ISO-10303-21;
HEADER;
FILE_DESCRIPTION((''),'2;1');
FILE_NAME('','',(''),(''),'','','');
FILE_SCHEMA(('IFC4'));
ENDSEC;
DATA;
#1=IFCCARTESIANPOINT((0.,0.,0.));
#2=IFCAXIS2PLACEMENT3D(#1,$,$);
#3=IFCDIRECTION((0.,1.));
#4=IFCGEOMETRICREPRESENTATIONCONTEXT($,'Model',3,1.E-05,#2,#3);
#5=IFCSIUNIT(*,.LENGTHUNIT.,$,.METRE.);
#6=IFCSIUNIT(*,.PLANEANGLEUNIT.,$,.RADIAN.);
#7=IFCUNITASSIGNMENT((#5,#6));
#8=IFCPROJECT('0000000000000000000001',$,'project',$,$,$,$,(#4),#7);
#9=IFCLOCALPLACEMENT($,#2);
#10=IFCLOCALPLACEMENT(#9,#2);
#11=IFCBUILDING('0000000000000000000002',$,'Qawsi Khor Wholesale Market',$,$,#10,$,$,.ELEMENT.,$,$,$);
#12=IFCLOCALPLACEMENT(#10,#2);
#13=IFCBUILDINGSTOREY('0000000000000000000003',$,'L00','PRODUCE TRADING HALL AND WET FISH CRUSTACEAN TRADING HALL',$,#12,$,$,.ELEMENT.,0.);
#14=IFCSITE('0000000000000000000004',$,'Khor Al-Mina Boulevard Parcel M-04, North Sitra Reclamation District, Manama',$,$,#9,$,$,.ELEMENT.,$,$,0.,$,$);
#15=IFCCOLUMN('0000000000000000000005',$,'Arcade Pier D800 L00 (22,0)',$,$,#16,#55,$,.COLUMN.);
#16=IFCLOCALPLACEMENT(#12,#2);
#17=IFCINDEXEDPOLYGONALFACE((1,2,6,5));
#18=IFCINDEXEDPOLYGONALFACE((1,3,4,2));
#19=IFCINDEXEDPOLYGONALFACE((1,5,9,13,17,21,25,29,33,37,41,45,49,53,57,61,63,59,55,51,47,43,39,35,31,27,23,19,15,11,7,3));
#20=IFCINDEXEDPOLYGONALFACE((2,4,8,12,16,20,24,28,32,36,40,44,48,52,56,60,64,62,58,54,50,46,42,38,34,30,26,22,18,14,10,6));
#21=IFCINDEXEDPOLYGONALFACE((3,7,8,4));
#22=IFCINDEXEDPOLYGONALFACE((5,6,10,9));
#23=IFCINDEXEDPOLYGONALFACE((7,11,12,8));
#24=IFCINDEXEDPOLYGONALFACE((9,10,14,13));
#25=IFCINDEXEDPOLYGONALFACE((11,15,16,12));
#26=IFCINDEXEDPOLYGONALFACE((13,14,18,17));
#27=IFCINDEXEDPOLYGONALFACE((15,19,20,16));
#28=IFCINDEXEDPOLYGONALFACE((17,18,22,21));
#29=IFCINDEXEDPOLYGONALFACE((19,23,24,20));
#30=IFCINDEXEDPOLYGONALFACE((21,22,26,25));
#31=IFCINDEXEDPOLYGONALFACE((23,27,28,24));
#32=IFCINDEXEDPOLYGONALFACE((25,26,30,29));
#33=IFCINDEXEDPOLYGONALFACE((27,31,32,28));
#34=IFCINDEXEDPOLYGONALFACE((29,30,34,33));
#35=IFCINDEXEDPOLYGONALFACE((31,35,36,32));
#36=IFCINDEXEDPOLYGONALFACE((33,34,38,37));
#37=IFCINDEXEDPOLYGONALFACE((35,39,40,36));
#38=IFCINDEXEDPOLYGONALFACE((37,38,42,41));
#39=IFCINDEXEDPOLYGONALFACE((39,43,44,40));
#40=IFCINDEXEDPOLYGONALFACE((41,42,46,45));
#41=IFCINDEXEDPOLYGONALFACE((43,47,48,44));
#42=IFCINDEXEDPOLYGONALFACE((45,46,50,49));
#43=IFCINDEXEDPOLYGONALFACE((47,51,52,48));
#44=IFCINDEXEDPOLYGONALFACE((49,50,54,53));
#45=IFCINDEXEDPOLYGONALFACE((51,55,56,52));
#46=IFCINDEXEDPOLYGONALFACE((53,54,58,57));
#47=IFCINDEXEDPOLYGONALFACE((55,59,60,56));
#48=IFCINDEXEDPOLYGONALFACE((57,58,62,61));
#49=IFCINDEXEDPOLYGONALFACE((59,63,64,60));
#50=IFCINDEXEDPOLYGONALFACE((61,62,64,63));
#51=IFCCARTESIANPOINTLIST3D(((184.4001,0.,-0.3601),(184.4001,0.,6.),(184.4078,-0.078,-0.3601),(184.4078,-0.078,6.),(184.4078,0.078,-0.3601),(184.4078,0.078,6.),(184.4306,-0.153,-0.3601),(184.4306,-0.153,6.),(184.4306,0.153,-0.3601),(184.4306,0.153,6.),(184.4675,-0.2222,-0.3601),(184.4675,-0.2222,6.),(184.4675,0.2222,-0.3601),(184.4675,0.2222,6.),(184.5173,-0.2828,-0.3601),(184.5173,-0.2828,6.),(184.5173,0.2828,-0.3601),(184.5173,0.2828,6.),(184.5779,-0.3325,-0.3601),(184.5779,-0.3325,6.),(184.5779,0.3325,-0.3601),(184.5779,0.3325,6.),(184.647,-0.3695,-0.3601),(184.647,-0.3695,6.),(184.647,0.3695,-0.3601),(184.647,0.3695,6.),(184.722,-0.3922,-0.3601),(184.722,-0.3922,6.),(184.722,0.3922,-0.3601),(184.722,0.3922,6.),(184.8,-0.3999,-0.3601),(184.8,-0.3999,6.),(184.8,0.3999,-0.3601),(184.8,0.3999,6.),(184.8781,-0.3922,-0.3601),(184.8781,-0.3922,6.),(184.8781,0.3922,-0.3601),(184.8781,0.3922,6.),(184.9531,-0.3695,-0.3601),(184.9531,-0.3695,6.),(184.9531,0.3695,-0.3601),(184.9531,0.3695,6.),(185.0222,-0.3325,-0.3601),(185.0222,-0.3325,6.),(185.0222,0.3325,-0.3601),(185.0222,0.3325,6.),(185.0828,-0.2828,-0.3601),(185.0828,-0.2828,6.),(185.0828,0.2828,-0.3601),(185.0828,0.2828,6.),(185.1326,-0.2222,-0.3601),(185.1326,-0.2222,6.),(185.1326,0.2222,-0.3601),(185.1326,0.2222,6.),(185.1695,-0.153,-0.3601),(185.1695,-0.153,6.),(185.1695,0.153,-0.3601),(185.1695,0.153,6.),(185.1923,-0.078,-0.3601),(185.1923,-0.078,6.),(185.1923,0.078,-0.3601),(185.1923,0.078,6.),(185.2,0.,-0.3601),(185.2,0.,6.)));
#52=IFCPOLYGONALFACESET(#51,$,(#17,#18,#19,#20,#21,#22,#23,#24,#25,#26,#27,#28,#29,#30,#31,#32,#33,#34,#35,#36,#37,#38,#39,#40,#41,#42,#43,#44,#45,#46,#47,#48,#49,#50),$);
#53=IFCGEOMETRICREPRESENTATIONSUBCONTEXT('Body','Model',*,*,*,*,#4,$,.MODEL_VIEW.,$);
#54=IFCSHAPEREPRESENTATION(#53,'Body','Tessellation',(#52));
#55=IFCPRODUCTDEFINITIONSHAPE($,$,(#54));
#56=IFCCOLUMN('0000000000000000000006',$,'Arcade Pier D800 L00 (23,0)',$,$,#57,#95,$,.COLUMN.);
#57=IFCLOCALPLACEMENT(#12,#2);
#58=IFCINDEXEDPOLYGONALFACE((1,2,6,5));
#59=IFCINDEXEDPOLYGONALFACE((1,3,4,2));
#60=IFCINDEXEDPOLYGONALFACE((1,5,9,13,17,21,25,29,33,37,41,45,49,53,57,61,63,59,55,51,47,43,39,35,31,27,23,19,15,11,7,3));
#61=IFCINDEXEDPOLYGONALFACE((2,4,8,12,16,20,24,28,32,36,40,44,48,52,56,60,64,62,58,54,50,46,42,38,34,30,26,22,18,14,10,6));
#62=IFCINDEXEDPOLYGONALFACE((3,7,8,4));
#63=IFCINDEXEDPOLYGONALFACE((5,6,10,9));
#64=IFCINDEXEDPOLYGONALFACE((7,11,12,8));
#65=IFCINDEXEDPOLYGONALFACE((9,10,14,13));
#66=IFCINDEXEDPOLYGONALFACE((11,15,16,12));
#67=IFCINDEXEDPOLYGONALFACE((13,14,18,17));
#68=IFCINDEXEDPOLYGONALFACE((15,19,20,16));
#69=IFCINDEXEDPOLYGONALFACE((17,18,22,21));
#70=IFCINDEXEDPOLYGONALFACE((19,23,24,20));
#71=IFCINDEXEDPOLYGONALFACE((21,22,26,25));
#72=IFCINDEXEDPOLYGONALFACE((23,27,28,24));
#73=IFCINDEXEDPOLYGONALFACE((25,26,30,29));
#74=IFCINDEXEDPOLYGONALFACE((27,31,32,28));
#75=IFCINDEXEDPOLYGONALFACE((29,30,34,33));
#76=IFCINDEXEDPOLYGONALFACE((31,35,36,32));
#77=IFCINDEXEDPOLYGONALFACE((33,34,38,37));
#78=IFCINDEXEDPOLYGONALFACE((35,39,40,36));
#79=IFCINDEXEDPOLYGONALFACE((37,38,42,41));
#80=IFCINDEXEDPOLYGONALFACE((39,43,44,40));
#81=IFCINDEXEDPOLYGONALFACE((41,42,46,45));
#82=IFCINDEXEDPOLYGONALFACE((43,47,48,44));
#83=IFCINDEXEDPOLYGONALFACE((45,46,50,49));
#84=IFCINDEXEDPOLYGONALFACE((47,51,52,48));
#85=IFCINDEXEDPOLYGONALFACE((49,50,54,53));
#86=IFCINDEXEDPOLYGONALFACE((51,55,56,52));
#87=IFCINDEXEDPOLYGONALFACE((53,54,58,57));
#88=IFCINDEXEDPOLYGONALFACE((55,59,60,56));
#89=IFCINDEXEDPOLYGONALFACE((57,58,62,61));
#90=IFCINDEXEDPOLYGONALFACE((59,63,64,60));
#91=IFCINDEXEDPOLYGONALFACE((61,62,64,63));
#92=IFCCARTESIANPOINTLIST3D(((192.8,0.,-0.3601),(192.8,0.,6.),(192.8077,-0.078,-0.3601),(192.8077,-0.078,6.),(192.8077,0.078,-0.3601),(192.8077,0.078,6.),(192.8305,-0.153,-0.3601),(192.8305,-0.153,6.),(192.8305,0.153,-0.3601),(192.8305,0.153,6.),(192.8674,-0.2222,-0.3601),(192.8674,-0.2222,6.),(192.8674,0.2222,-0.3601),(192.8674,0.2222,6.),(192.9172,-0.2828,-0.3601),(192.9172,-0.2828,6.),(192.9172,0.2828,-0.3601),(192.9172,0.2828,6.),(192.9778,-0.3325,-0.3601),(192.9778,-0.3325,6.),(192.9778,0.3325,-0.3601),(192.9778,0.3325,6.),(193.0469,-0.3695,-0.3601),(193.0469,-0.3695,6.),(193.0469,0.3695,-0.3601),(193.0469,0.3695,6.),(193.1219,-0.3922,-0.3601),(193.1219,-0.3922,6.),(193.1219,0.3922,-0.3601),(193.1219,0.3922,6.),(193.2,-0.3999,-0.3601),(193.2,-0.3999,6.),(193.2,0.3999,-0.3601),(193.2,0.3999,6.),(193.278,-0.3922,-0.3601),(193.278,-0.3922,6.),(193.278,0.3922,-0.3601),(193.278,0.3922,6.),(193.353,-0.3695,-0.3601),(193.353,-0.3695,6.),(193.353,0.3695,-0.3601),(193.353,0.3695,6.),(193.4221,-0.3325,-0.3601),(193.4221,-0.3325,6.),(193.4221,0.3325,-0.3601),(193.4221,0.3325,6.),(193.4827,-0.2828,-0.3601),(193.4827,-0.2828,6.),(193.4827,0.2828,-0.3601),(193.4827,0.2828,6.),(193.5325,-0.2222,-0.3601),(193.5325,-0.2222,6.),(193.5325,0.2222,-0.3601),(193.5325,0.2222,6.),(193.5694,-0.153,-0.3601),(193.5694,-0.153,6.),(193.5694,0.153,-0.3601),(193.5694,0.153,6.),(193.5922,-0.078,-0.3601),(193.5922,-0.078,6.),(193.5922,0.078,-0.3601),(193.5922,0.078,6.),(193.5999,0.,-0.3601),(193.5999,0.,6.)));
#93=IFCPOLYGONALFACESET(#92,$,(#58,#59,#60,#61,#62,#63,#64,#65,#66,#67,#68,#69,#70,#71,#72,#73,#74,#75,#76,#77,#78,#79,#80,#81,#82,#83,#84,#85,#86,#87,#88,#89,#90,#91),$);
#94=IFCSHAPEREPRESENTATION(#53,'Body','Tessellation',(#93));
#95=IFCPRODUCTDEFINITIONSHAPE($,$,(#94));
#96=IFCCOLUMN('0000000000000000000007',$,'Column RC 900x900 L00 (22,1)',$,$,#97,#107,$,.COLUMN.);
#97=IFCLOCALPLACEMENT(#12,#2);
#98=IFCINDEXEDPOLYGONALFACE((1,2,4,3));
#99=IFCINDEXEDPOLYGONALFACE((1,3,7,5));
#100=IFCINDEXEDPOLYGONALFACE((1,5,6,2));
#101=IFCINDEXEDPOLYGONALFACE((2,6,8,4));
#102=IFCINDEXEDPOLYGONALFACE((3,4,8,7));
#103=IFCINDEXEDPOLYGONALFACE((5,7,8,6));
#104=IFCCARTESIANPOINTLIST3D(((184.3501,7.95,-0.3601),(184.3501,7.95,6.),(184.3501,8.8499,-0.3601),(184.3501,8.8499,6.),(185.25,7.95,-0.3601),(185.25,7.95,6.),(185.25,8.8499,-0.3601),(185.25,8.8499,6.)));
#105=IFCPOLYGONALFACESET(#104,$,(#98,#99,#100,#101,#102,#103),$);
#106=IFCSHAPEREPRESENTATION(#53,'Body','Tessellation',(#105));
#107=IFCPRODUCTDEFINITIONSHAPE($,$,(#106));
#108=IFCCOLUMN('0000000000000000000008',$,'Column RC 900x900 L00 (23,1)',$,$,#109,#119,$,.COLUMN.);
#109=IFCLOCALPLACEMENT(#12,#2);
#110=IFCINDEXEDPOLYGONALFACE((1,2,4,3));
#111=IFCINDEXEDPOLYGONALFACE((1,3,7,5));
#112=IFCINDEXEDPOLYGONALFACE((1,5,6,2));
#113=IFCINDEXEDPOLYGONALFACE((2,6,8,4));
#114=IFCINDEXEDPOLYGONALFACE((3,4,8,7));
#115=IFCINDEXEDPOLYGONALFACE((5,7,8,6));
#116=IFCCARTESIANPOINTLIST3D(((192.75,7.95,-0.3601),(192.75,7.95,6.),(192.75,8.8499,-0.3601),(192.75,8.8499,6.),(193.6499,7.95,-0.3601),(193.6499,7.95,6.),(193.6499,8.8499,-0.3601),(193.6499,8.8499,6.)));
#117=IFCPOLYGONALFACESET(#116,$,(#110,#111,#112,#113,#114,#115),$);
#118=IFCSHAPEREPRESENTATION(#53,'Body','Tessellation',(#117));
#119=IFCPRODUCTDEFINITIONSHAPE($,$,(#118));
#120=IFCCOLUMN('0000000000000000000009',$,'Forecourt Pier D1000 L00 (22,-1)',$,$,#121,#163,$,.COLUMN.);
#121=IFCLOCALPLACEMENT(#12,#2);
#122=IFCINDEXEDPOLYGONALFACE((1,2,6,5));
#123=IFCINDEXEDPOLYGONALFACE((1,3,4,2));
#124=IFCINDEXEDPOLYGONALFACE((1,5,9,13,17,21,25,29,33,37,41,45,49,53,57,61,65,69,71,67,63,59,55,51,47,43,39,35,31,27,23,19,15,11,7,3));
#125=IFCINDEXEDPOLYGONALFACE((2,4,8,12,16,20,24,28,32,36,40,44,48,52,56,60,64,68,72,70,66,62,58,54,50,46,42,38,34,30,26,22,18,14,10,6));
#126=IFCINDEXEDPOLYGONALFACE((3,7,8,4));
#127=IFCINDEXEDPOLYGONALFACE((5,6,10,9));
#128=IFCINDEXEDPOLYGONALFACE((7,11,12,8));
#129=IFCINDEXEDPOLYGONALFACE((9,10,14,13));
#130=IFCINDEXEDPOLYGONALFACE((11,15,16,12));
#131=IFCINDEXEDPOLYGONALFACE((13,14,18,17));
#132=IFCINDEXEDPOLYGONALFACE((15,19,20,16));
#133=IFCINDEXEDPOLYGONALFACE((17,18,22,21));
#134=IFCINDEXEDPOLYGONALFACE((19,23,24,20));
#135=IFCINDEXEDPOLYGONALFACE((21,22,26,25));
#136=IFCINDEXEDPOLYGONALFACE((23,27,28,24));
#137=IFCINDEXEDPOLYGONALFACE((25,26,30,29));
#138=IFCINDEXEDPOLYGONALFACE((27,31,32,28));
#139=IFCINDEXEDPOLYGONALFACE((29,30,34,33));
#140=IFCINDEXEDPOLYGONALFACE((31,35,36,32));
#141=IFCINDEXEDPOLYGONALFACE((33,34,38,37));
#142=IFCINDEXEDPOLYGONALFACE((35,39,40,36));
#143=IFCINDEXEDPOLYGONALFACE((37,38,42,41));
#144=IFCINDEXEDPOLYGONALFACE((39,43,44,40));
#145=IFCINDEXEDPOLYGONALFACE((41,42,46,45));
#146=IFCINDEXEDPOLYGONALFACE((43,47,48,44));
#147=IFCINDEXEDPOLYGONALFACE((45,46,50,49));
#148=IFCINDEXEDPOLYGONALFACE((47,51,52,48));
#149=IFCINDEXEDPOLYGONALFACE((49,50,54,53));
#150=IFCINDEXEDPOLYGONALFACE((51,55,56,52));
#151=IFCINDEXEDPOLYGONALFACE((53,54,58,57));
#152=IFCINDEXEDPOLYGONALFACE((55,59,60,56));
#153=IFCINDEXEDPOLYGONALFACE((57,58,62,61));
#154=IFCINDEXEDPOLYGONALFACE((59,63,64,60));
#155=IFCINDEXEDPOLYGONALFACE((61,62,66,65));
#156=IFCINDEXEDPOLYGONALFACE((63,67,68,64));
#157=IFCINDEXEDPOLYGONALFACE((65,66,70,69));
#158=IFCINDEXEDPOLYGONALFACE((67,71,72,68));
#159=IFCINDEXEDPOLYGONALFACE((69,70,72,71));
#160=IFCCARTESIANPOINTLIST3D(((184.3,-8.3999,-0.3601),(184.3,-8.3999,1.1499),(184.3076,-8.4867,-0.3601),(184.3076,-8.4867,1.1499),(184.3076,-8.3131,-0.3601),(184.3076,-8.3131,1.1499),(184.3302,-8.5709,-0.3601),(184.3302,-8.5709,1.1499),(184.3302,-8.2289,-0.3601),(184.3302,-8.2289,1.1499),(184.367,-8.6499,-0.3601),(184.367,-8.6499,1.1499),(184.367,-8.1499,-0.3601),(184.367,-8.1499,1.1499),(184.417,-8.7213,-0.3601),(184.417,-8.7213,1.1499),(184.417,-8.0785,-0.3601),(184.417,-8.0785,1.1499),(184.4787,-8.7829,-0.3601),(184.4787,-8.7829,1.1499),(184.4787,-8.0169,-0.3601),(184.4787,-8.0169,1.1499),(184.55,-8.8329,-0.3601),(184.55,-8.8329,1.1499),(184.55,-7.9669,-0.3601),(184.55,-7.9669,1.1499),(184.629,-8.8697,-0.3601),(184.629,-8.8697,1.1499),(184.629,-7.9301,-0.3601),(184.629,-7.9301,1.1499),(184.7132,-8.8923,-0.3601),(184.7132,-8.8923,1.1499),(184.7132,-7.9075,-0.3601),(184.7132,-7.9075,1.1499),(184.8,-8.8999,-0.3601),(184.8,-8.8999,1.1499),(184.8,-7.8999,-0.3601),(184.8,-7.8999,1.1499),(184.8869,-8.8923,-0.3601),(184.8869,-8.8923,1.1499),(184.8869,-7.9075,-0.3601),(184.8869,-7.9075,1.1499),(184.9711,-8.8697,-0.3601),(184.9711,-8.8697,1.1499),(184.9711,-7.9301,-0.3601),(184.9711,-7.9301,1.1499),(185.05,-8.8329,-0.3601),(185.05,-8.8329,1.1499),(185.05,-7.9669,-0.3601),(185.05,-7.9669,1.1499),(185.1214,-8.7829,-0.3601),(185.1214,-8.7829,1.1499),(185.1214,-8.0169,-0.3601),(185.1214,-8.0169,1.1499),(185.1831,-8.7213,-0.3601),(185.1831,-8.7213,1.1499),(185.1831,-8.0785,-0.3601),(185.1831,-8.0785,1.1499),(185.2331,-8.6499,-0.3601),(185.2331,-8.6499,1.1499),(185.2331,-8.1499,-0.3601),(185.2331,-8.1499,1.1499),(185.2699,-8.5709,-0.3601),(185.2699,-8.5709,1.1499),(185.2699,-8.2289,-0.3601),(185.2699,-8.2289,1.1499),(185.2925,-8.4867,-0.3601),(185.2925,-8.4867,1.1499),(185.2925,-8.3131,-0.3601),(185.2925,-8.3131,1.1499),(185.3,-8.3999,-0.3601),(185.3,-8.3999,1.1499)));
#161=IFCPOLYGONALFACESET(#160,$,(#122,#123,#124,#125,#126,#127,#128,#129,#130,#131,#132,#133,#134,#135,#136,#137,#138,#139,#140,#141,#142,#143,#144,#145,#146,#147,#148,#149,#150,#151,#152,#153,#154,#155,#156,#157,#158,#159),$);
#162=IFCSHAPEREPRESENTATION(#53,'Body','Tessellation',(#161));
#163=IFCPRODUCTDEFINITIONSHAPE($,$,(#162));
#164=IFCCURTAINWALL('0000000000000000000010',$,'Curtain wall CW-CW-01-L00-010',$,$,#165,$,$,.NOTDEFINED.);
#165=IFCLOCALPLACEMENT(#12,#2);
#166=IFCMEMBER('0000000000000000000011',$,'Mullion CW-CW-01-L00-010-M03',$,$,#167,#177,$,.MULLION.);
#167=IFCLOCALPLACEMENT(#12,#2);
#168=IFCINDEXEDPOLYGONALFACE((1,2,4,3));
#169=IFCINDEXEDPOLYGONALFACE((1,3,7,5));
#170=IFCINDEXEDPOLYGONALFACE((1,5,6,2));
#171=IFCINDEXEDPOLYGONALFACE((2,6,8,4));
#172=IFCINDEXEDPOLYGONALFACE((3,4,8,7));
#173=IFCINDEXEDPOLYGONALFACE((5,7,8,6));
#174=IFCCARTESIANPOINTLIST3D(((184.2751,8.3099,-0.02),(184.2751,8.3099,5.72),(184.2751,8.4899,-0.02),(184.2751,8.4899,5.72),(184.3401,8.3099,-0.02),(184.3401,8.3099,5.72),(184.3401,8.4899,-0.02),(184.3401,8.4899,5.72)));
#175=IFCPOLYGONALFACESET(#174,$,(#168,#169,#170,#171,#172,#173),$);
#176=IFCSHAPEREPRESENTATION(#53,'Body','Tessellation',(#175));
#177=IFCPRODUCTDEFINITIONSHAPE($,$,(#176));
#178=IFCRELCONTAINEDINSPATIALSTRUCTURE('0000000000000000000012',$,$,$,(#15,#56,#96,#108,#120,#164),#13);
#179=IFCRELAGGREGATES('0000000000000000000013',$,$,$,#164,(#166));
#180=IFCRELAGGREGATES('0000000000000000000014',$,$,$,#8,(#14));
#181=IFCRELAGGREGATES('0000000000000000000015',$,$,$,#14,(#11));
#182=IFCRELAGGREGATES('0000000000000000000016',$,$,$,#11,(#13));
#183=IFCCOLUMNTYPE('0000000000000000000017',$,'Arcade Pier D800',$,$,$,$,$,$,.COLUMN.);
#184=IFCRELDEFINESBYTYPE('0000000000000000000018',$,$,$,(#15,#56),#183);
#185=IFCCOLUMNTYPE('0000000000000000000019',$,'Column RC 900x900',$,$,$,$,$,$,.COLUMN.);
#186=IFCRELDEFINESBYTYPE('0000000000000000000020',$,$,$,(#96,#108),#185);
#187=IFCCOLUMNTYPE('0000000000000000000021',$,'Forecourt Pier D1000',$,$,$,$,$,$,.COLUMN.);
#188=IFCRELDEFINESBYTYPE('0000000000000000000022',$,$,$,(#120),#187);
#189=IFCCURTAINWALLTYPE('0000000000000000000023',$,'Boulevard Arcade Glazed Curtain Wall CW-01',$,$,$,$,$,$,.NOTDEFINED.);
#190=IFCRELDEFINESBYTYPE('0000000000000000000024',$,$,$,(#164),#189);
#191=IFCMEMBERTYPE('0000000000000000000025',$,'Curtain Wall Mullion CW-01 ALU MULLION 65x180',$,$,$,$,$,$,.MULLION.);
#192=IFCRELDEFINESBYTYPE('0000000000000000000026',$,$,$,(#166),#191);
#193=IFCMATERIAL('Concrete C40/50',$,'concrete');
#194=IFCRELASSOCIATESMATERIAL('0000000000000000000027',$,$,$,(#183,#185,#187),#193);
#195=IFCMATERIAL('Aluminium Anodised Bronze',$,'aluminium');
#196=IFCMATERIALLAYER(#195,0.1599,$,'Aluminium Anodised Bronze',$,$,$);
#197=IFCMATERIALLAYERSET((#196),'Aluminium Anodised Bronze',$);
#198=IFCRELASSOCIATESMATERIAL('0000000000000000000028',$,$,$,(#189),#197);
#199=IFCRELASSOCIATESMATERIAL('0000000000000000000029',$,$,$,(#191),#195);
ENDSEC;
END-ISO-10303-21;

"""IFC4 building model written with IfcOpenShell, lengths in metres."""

from ifc_helpers import new_model, si_unit, direction, frame, origin, origin_2d, place, context, subcontext, project, spatial, rectangle, circle, extrude, material, layer, layer_set, material_profile, profile_set, type_object, element, aggregate, save


model = new_model("IFC4")

# Units and contexts
model_context = context("Model", 3, precision=1e-05, world=origin(), true_north=direction((0.0, 1.0)))
body_context = subcontext(model_context, "Body", "Model", "MODEL_VIEW")
ifc_project = project(units=[si_unit("LENGTHUNIT", "METRE"), si_unit("PLANEANGLEUNIT", "RADIAN")], contexts=[model_context])

# Site, building, storey
site_placement = place(None, origin())
site = spatial("IfcSite", under=ifc_project, at=site_placement, Name="Khor Al-Mina Boulevard Parcel M-04, North Sitra Reclamation District, Manama", CompositionType="ELEMENT", RefElevation=0.0)
building_placement = place(site_placement, origin())
building = spatial("IfcBuilding", under=site, at=building_placement, Name="Qawsi Khor Wholesale Market", CompositionType="ELEMENT")
storey_placement = place(building_placement, origin())
storey = spatial("IfcBuildingStorey", under=building, at=storey_placement, Name="L00", Description="PRODUCE TRADING HALL AND WET FISH CRUSTACEAN TRADING HALL", CompositionType="ELEMENT", Elevation=0.0)

# Columns
ifc_material_1 = material(Name="Concrete C40/50", Category="concrete")
ifc_material_profile_1 = material_profile(ifc_material_1, circle(Radius=0.3999, at=origin_2d()), Name="RC COL D800")
ifc_profile_set_1 = profile_set([ifc_material_profile_1], Name="Concrete C40/50")
column_type_1 = type_object("IfcColumnType", Name="Arcade Pier D800", PredefinedType="COLUMN", material=ifc_profile_set_1)
for number, where, z_axis, x_axis, name in (
    (1, (184.8, 0.0, -0.3601), (0.0, 0.0, 1.0), (1.0, 0.0, 0.0), "Arcade Pier D800 L00 (22,0)"),
    (2, (193.2, 0.0, -0.3601), (0.0, 0.0, 1.0), (1.0, 0.0, 0.0), "Arcade Pier D800 L00 (23,0)"),
):
    element("IfcColumn", number, at=place(storey_placement, frame(where, z_axis=z_axis, x_axis=x_axis)), inside=storey, type_object=column_type_1, Name=name, PredefinedType="COLUMN", context=body_context, shape_type="SweptSolid", body=[
        extrude(circle(Radius=0.3999, at=origin_2d()), origin(), (0.0, 0.0, 1.0), 6.3601),
    ])
ifc_material_profile_2 = material_profile(ifc_material_1, rectangle(XDim=0.8999, YDim=0.8999, at=origin_2d()), Name="RC 900x900")
ifc_profile_set_2 = profile_set([ifc_material_profile_2], Name="Concrete C40/50")
column_type_2 = type_object("IfcColumnType", Name="Column RC 900x900", PredefinedType="COLUMN", material=ifc_profile_set_2)
for number, where, z_axis, x_axis, name in (
    (3, (184.8, 8.3999, -0.3601), (0.0, 0.0, 1.0), (1.0, 0.0, 0.0), "Column RC 900x900 L00 (22,1)"),
    (4, (193.2, 8.3999, -0.3601), (0.0, 0.0, 1.0), (1.0, 0.0, 0.0), "Column RC 900x900 L00 (23,1)"),
):
    element("IfcColumn", number, at=place(storey_placement, frame(where, z_axis=z_axis, x_axis=x_axis)), inside=storey, type_object=column_type_2, Name=name, PredefinedType="COLUMN", context=body_context, shape_type="SweptSolid", body=[
        extrude(rectangle(XDim=0.8999, YDim=0.8999, at=origin_2d()), origin(), (0.0, 0.0, 1.0), 6.3601),
    ])
ifc_material_profile_3 = material_profile(ifc_material_1, circle(Radius=0.5, at=origin_2d()), Name="RC COL D1000")
ifc_profile_set_3 = profile_set([ifc_material_profile_3], Name="Concrete C40/50")
column_type_3 = type_object("IfcColumnType", Name="Forecourt Pier D1000", PredefinedType="COLUMN", material=ifc_profile_set_3)
column_placement = place(storey_placement, frame((184.8, -8.3999, -0.3601), z_axis=(0.0, 0.0, 1.0), x_axis=(1.0, 0.0, 0.0)))
element("IfcColumn", 5, at=column_placement, inside=storey, type_object=column_type_3, Name="Forecourt Pier D1000 L00 (22,-1)", PredefinedType="COLUMN", context=body_context, shape_type="SweptSolid", body=[
    extrude(circle(Radius=0.5, at=origin_2d()), origin(), (0.0, 0.0, 1.0), 1.51),
])

# Curtain wall, member
ifc_material_2 = material(Name="Aluminium Anodised Bronze", Category="aluminium")
ifc_layer_1 = layer(ifc_material_2, 0.1599, Name="Aluminium Anodised Bronze")
ifc_layer_set_1 = layer_set([ifc_layer_1], Name="Aluminium Anodised Bronze")
curtain_wall_type = type_object("IfcCurtainWallType", Name="Boulevard Arcade Glazed Curtain Wall CW-01", PredefinedType="NOTDEFINED", material=ifc_layer_set_1)
curtain_wall_placement = place(storey_placement, origin())
curtain_wall = element("IfcCurtainWall", 6, at=curtain_wall_placement, inside=storey, type_object=curtain_wall_type, Name="Curtain wall CW-CW-01-L00-010", PredefinedType="NOTDEFINED")
ifc_material_profile_4 = material_profile(ifc_material_2, rectangle(XDim=0.0649, YDim=0.1799, at=origin_2d()), Name="ALU MULLION 65x180")
ifc_profile_set_4 = profile_set([ifc_material_profile_4], Name="Aluminium Anodised Bronze")
member_type_1 = type_object("IfcMemberType", Name="Curtain Wall Mullion CW-01 ALU MULLION 65x180", PredefinedType="MULLION", material=ifc_profile_set_4)
member_1_placement = place(storey_placement, frame((184.3076, 8.3999, -0.02), z_axis=(0.0, 0.0, 1.0), x_axis=(1.0, 0.0, 0.0)))
member_1 = element("IfcMember", 7, at=member_1_placement, type_object=member_type_1, Name="Mullion CW-CW-01-L00-010-M03", PredefinedType="MULLION", context=body_context, shape_type="SweptSolid", body=[
    extrude(rectangle(XDim=0.0649, YDim=0.1799, at=origin_2d()), origin(), (0.0, 0.0, 1.0), 5.74),
])
aggregate(curtain_wall, [member_1])

save(model, "model.ifc")
